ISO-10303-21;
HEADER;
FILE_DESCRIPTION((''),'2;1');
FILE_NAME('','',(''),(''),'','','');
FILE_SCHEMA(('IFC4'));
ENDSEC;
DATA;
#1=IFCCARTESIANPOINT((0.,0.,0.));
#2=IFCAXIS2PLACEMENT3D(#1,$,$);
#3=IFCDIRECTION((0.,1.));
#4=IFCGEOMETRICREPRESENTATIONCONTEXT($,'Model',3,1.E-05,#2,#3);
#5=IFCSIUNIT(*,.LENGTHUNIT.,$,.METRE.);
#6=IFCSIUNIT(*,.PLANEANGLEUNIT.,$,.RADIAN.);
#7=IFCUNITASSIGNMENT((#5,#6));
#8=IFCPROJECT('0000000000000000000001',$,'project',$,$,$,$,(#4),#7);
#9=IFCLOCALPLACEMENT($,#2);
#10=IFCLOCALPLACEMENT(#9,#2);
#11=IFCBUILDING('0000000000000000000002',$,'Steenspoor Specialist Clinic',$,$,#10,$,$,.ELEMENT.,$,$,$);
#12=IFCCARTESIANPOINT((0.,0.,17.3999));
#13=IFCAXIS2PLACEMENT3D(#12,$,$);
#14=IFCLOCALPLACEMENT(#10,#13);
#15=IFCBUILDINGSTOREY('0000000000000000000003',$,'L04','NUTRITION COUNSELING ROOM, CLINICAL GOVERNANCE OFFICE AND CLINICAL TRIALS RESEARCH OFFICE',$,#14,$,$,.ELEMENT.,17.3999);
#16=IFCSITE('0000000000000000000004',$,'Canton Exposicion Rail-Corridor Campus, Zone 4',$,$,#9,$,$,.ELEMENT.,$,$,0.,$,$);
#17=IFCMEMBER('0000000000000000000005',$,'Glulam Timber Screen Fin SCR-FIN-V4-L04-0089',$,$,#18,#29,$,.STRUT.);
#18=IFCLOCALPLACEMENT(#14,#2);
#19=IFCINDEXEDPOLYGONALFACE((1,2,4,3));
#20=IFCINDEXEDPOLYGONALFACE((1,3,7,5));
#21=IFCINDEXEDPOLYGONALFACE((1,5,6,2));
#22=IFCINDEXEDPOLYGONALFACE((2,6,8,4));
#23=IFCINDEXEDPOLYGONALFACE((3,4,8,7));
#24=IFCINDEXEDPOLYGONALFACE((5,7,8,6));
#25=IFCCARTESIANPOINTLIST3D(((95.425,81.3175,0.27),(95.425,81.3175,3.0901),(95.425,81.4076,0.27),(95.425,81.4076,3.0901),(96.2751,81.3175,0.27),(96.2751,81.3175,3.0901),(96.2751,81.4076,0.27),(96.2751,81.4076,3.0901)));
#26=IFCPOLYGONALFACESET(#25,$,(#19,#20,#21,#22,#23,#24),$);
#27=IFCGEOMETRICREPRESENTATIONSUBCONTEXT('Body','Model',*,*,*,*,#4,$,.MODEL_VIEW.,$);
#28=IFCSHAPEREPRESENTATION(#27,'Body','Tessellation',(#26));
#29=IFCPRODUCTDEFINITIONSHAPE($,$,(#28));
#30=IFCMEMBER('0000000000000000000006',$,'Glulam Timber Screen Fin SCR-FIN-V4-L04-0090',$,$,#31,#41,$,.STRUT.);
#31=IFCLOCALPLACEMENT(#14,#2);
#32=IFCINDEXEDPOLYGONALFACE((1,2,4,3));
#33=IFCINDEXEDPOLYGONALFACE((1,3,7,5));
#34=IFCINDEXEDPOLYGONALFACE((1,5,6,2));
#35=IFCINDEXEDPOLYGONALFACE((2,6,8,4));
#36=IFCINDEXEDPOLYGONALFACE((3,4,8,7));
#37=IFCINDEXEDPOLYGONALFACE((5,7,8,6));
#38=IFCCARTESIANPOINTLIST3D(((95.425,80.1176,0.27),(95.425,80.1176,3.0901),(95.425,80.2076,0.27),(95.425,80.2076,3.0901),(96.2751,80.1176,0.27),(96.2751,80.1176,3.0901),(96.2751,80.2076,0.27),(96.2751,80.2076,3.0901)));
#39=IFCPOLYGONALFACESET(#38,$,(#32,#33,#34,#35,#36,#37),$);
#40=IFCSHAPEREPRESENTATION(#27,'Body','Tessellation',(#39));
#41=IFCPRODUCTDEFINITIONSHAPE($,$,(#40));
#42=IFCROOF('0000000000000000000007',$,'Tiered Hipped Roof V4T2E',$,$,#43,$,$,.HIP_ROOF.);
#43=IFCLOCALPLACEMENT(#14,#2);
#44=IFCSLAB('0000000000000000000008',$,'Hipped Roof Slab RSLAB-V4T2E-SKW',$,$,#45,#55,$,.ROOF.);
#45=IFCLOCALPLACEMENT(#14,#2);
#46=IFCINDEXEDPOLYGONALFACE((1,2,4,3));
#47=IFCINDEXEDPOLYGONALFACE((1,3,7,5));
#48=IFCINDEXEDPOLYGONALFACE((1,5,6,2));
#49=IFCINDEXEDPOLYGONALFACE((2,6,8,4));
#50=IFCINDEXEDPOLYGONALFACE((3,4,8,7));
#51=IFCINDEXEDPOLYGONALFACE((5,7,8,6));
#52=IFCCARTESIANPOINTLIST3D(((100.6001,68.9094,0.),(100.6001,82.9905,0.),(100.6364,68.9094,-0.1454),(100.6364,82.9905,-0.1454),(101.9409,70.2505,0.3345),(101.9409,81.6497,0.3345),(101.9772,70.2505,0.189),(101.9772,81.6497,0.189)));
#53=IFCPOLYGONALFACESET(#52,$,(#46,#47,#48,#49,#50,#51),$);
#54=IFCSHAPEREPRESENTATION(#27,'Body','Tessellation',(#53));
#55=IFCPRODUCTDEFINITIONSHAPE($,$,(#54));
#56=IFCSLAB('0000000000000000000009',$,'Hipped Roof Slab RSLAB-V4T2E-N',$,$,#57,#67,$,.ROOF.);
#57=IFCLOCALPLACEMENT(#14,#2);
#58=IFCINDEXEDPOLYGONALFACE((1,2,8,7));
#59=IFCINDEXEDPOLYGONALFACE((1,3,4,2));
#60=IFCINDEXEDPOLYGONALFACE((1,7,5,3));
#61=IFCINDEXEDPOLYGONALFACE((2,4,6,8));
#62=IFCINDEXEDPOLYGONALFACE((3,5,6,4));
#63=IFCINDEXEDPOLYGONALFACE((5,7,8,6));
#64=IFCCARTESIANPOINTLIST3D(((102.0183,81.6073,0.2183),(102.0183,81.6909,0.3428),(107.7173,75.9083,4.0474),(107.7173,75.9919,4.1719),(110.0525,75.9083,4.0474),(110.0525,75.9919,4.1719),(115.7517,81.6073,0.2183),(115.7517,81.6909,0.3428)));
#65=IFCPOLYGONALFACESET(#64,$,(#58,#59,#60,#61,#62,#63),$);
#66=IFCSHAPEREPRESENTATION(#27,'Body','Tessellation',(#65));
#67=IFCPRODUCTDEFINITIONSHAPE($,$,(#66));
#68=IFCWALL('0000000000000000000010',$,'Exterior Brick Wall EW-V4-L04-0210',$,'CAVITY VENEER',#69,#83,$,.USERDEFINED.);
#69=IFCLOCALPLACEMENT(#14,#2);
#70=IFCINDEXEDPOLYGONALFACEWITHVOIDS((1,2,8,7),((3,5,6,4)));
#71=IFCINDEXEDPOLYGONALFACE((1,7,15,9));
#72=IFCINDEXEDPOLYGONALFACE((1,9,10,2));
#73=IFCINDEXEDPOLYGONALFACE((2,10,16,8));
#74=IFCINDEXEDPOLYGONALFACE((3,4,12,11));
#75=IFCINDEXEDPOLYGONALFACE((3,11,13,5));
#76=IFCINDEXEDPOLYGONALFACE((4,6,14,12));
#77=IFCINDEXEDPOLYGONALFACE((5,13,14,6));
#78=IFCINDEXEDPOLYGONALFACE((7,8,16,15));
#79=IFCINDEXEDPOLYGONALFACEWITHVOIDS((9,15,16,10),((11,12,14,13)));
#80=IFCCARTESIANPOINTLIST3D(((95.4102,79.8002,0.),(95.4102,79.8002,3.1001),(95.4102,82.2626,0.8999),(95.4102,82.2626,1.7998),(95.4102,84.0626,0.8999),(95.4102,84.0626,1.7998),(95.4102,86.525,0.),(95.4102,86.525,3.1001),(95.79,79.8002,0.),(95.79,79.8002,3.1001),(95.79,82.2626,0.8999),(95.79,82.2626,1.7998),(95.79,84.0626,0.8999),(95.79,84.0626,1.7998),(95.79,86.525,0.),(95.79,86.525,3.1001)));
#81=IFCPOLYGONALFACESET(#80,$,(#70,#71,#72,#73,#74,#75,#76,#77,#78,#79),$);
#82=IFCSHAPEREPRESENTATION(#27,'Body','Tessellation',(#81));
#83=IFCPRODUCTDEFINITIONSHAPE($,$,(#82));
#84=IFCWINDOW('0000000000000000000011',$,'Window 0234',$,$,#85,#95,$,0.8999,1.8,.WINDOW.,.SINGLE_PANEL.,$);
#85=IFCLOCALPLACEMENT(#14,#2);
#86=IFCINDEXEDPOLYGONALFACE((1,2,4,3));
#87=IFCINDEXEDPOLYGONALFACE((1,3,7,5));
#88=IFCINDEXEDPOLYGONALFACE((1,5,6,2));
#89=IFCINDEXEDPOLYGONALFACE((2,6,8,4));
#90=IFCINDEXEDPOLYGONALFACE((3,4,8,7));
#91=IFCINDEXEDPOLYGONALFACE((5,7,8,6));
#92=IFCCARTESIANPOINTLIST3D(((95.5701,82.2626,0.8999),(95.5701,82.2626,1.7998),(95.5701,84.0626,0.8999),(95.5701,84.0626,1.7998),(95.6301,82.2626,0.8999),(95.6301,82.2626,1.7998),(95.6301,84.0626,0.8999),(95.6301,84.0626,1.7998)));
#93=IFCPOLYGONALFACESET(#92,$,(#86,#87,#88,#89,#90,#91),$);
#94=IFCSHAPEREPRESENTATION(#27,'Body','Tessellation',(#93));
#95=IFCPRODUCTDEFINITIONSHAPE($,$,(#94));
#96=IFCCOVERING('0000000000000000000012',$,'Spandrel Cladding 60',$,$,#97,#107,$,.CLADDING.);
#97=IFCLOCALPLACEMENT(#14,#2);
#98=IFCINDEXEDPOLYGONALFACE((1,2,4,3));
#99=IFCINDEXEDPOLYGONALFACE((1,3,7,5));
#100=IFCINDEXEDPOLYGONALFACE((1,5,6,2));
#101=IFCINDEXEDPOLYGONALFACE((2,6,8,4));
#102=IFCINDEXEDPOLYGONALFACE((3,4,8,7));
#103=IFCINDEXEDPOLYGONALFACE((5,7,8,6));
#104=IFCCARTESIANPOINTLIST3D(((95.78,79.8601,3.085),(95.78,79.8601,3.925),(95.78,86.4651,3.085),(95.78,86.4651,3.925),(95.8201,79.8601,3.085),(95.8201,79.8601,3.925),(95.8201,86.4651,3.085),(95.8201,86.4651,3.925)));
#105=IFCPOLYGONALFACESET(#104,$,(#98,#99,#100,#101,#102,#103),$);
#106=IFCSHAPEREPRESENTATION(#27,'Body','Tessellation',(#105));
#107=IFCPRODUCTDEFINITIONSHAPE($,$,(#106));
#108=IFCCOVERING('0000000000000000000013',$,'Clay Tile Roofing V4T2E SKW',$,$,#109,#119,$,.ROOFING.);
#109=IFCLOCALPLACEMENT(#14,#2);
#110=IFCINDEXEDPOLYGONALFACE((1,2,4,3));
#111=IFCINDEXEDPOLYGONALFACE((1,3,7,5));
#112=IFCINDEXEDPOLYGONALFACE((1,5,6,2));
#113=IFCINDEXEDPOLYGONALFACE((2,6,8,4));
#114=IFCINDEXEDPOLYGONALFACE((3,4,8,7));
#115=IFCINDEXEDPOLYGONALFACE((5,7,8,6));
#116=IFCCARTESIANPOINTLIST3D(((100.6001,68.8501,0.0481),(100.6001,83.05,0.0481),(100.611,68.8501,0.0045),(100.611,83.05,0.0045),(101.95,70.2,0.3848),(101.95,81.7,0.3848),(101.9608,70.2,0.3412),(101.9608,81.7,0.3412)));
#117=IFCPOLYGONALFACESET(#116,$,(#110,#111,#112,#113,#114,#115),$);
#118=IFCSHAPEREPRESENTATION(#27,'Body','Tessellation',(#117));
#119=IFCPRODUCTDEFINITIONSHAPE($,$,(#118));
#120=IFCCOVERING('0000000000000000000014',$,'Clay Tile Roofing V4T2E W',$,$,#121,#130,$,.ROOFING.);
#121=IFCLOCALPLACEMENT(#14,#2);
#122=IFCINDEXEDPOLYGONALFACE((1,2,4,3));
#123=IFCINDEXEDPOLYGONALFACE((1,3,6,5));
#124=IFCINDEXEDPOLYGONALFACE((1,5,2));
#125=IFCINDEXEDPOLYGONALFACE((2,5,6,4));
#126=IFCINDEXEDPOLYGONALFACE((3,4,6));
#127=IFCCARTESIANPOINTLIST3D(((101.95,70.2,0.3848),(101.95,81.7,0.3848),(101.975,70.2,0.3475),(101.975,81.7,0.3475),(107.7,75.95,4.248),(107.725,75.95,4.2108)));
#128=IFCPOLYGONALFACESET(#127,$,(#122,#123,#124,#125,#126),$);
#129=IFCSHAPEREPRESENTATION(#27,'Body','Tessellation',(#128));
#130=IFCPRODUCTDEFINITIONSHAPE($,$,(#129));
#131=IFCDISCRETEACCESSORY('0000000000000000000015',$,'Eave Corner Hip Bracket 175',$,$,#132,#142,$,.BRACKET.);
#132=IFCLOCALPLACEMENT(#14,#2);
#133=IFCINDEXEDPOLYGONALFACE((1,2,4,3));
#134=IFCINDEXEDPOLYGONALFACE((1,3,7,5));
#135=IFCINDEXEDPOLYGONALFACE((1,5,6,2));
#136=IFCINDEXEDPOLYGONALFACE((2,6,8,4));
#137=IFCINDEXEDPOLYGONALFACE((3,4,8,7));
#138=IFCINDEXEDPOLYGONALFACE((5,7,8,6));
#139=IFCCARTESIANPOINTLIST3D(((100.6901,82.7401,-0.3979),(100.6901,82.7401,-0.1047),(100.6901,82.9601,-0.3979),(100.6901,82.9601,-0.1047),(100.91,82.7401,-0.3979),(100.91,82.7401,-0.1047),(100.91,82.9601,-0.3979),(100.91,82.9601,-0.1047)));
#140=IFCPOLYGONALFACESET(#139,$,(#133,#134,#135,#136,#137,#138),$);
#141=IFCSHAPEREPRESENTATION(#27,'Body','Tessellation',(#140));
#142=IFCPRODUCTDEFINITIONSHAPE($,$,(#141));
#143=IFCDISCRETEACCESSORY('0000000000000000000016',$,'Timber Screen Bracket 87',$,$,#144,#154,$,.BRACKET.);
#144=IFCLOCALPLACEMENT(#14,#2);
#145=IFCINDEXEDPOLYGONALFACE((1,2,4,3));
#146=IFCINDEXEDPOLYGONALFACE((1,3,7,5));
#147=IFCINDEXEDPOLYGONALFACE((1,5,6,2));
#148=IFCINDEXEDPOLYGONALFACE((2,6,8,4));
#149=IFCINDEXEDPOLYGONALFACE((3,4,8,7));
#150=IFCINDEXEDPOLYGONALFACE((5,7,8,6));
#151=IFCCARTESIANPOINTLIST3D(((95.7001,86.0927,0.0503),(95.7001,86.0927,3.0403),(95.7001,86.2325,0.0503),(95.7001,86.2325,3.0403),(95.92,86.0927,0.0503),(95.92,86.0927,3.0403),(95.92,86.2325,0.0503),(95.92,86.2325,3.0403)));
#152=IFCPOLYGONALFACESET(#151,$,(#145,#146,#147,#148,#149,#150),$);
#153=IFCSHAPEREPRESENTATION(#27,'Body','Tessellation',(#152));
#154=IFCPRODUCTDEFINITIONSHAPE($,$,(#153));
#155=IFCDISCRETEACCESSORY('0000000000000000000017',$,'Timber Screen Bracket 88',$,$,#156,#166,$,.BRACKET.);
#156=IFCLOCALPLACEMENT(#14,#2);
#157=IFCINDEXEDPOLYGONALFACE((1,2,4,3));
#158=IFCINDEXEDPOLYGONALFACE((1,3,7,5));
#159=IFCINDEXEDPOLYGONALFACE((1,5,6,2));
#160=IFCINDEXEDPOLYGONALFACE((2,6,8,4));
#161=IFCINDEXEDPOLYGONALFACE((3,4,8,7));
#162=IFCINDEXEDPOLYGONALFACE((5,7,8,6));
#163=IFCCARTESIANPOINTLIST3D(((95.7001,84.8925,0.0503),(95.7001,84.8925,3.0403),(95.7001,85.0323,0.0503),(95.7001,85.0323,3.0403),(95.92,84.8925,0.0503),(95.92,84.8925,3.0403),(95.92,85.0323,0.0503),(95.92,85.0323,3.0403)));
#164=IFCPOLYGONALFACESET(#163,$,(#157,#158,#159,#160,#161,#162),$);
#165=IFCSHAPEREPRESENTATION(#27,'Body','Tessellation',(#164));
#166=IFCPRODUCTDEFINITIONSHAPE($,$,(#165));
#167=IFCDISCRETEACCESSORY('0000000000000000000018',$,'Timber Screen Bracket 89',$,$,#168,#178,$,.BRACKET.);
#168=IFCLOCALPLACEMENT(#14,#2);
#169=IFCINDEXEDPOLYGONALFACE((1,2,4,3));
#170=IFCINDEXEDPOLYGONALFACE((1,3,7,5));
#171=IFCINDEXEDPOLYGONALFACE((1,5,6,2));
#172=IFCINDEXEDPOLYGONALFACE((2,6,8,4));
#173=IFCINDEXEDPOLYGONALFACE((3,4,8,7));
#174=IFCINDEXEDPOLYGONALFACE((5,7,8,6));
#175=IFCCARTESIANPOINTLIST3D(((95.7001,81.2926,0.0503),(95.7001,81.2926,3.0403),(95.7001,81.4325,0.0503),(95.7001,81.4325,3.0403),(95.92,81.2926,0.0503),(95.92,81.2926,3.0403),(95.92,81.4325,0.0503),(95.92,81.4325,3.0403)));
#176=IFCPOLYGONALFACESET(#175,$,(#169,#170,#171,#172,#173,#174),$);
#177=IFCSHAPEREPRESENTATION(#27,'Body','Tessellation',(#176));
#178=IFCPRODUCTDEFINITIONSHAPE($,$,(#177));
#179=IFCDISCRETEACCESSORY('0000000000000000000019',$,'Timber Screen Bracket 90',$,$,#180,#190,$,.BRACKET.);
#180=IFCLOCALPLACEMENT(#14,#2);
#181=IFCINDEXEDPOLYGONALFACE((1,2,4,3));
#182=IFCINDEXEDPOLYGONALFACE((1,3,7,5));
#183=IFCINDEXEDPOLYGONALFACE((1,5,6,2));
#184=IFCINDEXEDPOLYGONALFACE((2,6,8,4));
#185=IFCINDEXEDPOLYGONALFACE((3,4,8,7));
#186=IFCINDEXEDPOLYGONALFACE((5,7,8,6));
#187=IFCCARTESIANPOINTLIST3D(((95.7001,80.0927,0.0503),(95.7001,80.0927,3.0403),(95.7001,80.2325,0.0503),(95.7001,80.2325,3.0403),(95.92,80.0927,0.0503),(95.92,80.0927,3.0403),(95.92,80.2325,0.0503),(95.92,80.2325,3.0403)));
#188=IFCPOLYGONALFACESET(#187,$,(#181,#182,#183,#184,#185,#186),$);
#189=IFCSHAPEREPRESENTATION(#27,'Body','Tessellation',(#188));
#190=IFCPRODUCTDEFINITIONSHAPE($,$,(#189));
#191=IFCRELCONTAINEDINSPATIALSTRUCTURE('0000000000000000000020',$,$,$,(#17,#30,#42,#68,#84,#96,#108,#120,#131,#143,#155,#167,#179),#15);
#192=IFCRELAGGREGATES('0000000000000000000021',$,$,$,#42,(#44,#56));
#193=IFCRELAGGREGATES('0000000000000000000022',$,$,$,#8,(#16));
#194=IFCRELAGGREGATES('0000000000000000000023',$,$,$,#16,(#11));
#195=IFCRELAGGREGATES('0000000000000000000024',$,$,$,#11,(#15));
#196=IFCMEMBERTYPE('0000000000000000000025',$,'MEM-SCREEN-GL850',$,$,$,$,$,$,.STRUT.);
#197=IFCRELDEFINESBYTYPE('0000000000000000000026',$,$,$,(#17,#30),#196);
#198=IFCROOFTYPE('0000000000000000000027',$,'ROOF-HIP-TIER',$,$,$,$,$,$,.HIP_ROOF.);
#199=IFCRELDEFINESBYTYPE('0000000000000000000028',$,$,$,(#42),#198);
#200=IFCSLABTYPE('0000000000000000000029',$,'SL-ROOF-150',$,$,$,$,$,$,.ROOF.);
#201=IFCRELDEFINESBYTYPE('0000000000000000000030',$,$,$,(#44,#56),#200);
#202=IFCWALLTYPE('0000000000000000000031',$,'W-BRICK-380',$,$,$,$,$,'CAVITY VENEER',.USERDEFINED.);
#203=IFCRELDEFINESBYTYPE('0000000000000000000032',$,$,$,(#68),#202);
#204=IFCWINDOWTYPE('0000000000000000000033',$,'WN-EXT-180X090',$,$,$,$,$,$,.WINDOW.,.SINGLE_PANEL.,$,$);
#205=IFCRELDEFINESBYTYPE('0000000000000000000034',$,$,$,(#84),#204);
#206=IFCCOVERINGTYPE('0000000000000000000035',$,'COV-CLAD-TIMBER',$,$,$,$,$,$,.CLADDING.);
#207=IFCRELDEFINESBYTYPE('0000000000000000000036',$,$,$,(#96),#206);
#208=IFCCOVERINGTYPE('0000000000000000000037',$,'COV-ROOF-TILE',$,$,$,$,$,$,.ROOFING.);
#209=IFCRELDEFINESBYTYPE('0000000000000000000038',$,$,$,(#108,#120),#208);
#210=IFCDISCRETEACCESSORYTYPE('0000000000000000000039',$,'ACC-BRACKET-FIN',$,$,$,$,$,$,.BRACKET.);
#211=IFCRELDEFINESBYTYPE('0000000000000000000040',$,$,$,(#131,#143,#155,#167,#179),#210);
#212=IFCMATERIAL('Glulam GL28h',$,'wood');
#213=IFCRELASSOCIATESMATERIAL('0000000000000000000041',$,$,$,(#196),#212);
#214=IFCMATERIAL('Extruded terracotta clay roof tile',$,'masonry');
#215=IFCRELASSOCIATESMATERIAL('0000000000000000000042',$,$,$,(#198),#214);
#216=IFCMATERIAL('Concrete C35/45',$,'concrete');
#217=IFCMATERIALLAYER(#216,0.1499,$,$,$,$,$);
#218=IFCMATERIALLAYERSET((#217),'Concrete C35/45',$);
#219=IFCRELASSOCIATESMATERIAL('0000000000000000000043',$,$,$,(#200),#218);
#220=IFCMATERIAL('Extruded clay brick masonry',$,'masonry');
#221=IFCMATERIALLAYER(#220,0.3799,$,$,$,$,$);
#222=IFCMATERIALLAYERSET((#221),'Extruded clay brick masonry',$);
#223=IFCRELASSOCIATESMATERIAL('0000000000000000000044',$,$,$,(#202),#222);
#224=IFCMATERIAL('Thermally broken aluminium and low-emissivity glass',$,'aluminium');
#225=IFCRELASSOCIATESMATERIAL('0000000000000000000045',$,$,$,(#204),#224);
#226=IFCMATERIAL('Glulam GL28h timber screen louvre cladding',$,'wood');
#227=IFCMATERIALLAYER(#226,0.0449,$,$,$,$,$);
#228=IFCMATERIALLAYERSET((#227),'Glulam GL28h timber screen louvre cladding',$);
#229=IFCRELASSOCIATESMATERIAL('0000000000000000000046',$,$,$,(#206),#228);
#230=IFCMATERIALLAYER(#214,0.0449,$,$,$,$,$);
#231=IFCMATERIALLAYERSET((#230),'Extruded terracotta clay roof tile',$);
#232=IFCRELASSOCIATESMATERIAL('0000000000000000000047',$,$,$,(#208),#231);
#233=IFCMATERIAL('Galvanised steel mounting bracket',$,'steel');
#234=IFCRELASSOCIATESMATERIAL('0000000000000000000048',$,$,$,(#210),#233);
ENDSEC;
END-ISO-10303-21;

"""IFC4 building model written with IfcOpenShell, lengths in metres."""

from ifc_helpers import new_model, si_unit, direction, frame, frame_2d, origin, origin_2d, place, context, subcontext, project, spatial, polyline, rectangle, outline, extrude, material, layer, layer_set, material_profile, profile_set, type_object, element, fill, aggregate, save


model = new_model("IFC4")

# Units and contexts
model_context = context("Model", 3, precision=1e-05, world=origin(), true_north=direction((0.0, 1.0)))
body_context = subcontext(model_context, "Body", "Model", "MODEL_VIEW")
ifc_project = project(units=[si_unit("LENGTHUNIT", "METRE"), si_unit("PLANEANGLEUNIT", "RADIAN")], contexts=[model_context])

# Site, building, storey
site_placement = place(None, origin())
site = spatial("IfcSite", under=ifc_project, at=site_placement, Name="Canton Exposicion Rail-Corridor Campus, Zone 4", CompositionType="ELEMENT", RefElevation=0.0)
building_placement = place(site_placement, origin())
building = spatial("IfcBuilding", under=site, at=building_placement, Name="Steenspoor Specialist Clinic", CompositionType="ELEMENT")
storey_placement = place(building_placement, frame((0.0, 0.0, 17.3999)))
storey = spatial("IfcBuildingStorey", under=building, at=storey_placement, Name="L04", Description="NUTRITION COUNSELING ROOM, CLINICAL GOVERNANCE OFFICE AND CLINICAL TRIALS RESEARCH OFFICE", CompositionType="ELEMENT", Elevation=17.3999)

# Shared definitions
ifc_material_1 = material(Name="Glulam GL28h", Category="wood")

# Members
ifc_material_profile_1 = material_profile(ifc_material_1, rectangle(XDim=0.0901, YDim=0.8501, at=origin_2d()), Name="GL28H-90X850")
ifc_profile_set_1 = profile_set([ifc_material_profile_1], Name="Glulam GL28h")
member_type_1 = type_object("IfcMemberType", Name="MEM-SCREEN-GL850", PredefinedType="STRUT", material=ifc_profile_set_1)
for number, where, z_axis, x_axis, name in (
    (1, (95.8501, 81.3625, 0.27), (0.0, 0.0, 1.0), (0.0, -1.0, 0.0), "Glulam Timber Screen Fin SCR-FIN-V4-L04-0089"),
    (2, (95.8501, 80.1626, 0.27), (0.0, 0.0, 1.0), (0.0, -1.0, 0.0), "Glulam Timber Screen Fin SCR-FIN-V4-L04-0090"),
):
    element("IfcMember", number, at=place(storey_placement, frame(where, z_axis=z_axis, x_axis=x_axis)), inside=storey, type_object=member_type_1, Name=name, PredefinedType="STRUT", context=body_context, shape_type="SweptSolid", body=[
        extrude(rectangle(XDim=0.0901, YDim=0.8501, at=origin_2d()), origin(), (0.0, 0.0, 1.0), 2.8201),
    ])

# Roof, slabs
ifc_material_2 = material(Name="Extruded terracotta clay roof tile", Category="masonry")
roof_type = type_object("IfcRoofType", Name="ROOF-HIP-TIER", PredefinedType="HIP_ROOF", material=ifc_material_2)
roof_placement = place(storey_placement, origin())
roof = element("IfcRoof", 3, at=roof_placement, inside=storey, type_object=roof_type, Name="Tiered Hipped Roof V4T2E", PredefinedType="HIP_ROOF")
ifc_material_3 = material(Name="Concrete C35/45", Category="concrete")
ifc_layer_1 = layer(ifc_material_3, 0.1499)
ifc_layer_set_1 = layer_set([ifc_layer_1], Name="Concrete C35/45")
slab_type = type_object("IfcSlabType", Name="SL-ROOF-150", PredefinedType="ROOF", material=ifc_layer_set_1)
slab_1_placement = place(storey_placement, frame((101.9409, 81.6497, 0.3345), z_axis=(-0.242037, 0.0, 0.970267), x_axis=(-0.696357, 0.696357, -0.173709)))
slab_1 = element("IfcSlab", 4, at=slab_1_placement, type_object=slab_type, Name="Hipped Roof Slab RSLAB-V4T2E-SKW", PredefinedType="ROOF", context=body_context, shape_type="SweptSolid", body=[
    extrude(outline(polyline([(0.0, 0.0), (1.9255, 0.0), (-7.88, 10.1059), (-7.9379, 8.1811), (0.0, 0.0)])), origin(), (0.0, 0.0, -1.0), 0.1499),
])
slab_2_placement = place(storey_placement, frame((102.0183, 81.6909, 0.3428), z_axis=(0.0, 0.5577, 0.830043), x_axis=(0.638689, -0.638689, 0.429131)))
slab_2 = element("IfcSlab", 5, at=slab_2_placement, type_object=slab_type, Name="Hipped Roof Slab RSLAB-V4T2E-N", PredefinedType="ROOF", context=body_context, shape_type="SweptSolid", body=[
    extrude(outline(polyline([(0.0, 0.0), (8.9229, 0.0), (10.4144, 1.7969), (8.7714, 10.5674), (0.0, 0.0)])), origin(), (0.0, 0.0, -1.0), 0.1499),
])
aggregate(roof, [slab_1, slab_2])

# Wall, opening, window
ifc_material_4 = material(Name="Extruded clay brick masonry", Category="masonry")
ifc_layer_2 = layer(ifc_material_4, 0.3799)
ifc_layer_set_2 = layer_set([ifc_layer_2], Name="Extruded clay brick masonry")
wall_type = type_object("IfcWallType", Name="W-BRICK-380", ElementType="CAVITY VENEER", PredefinedType="USERDEFINED", material=ifc_layer_set_2)
wall_placement = place(storey_placement, frame((95.6001, 86.5249, 0.0), z_axis=(0.0, 0.0, 1.0), x_axis=(0.0, -1.0, 0.0)))
wall = element("IfcWall", 6, at=wall_placement, inside=storey, type_object=wall_type, Name="Exterior Brick Wall EW-V4-L04-0210", ObjectType="CAVITY VENEER", PredefinedType="USERDEFINED", context=body_context, shape_type="SweptSolid", body=[
    extrude(rectangle(XDim=6.7249, YDim=0.3799, at=frame_2d((3.3623, 0.0))), origin(), (0.0, 0.0, 1.0), 3.1001),
])
opening_placement = place(wall_placement, frame((2.4624, 0.0, 0.8999)))
opening = element("IfcOpeningElement", 7, at=opening_placement, cuts=wall, PredefinedType="OPENING", context=body_context, shape_type="SweptSolid", body=[
    extrude(rectangle(XDim=1.8, YDim=0.8999, at=frame_2d((0.8999, 0.45))), frame((0.0, 0.2, 0.0), z_axis=(0.0, -1.0, 0.0), x_axis=(1.0, 0.0, 0.0)), (0.0, 0.0, 1.0), 0.3999),
])
ifc_material_5 = material(Name="Thermally broken aluminium and low-emissivity glass", Category="aluminium")
window_type = type_object("IfcWindowType", Name="WN-EXT-180X090", PartitioningType="SINGLE_PANEL", PredefinedType="WINDOW", material=ifc_material_5)
window_placement = place(opening_placement, origin())
window = element("IfcWindow", 8, at=window_placement, inside=storey, type_object=window_type, Name="Window 0234", OverallHeight=0.8999, OverallWidth=1.8, PartitioningType="SINGLE_PANEL", PredefinedType="WINDOW", context=body_context, shape_type="SweptSolid", body=[
    extrude(rectangle(XDim=1.8, YDim=0.8999, at=frame_2d((0.8999, 0.45))), frame((0.0, 0.03, 0.0), z_axis=(0.0, -1.0, 0.0), x_axis=(1.0, 0.0, 0.0)), (0.0, 0.0, 1.0), 0.0601),
])
fill(opening, window)

# Coverings
ifc_material_6 = material(Name="Glulam GL28h timber screen louvre cladding", Category="wood")
ifc_layer_3 = layer(ifc_material_6, 0.0449)
ifc_layer_set_3 = layer_set([ifc_layer_3], Name="Glulam GL28h timber screen louvre cladding")
covering_type_1 = type_object("IfcCoveringType", Name="COV-CLAD-TIMBER", PredefinedType="CLADDING", material=ifc_layer_set_3)
covering_1_placement = place(storey_placement, frame((95.8, 83.1626, 3.085), z_axis=(0.0, 0.0, 1.0), x_axis=(0.0, -1.0, 0.0)))
element("IfcCovering", 9, at=covering_1_placement, inside=storey, type_object=covering_type_1, Name="Spandrel Cladding 60", PredefinedType="CLADDING", context=body_context, shape_type="SweptSolid", body=[
    extrude(rectangle(XDim=6.605, YDim=0.04, at=origin_2d()), origin(), (0.0, 0.0, 1.0), 0.8401),
])
ifc_layer_4 = layer(ifc_material_2, 0.0449)
ifc_layer_set_4 = layer_set([ifc_layer_4], Name="Extruded terracotta clay roof tile")
covering_type_2 = type_object("IfcCoveringType", Name="COV-ROOF-TILE", PredefinedType="ROOFING", material=ifc_layer_set_4)
covering_2_placement = place(storey_placement, frame((100.6001, 83.05, 0.0481), z_axis=(-0.241999, 0.0, 0.970277), x_axis=(0.0, -1.0, 0.0)))
element("IfcCovering", 10, at=covering_2_placement, inside=storey, type_object=covering_type_2, Name="Clay Tile Roofing V4T2E SKW", PredefinedType="ROOFING", context=body_context, shape_type="SweptSolid", body=[
    extrude(outline(polyline([(0.0, 0.0), (14.2, 0.0), (12.8501, 1.3912), (1.3501, 1.3912), (0.0, 0.0)])), origin(), (0.0, 0.0, -1.0), 0.0449),
])
covering_3_placement = place(storey_placement, frame((101.95, 81.7, 0.3848), z_axis=(-0.55769, 0.0, 0.83005), x_axis=(0.0, -1.0, 0.0)))
element("IfcCovering", 11, at=covering_3_placement, inside=storey, type_object=covering_type_2, Name="Clay Tile Roofing V4T2E W", PredefinedType="ROOFING", context=body_context, shape_type="SweptSolid", body=[
    extrude(outline(polyline([(0.0, 0.0), (11.5, 0.0), (5.75, 6.9273), (0.0, 0.0)])), origin(), (0.0, 0.0, -1.0), 0.0449),
])

# Discrete accessories
ifc_material_7 = material(Name="Galvanised steel mounting bracket", Category="steel")
discrete_accessory_type = type_object("IfcDiscreteAccessoryType", Name="ACC-BRACKET-FIN", PredefinedType="BRACKET", material=ifc_material_7)
discrete_accessory_placement = place(storey_placement, frame((100.8, 82.8501, -0.3979), z_axis=(0.0, 0.0, 1.0), x_axis=(1.0, 0.0, 0.0)))
element("IfcDiscreteAccessory", 12, at=discrete_accessory_placement, inside=storey, type_object=discrete_accessory_type, Name="Eave Corner Hip Bracket 175", PredefinedType="BRACKET", context=body_context, shape_type="SweptSolid", body=[
    extrude(rectangle(XDim=0.22, YDim=0.22, at=origin_2d()), origin(), (0.0, 0.0, 1.0), 0.2932),
])
for number, where, z_axis, x_axis, name in (
    (13, (95.8101, 86.1626, 0.0503), (0.0, 0.0, 1.0), (1.0, 0.0, 0.0), "Timber Screen Bracket 87"),
    (14, (95.8101, 84.9624, 0.0503), (0.0, 0.0, 1.0), (1.0, 0.0, 0.0), "Timber Screen Bracket 88"),
    (15, (95.8101, 81.3625, 0.0503), (0.0, 0.0, 1.0), (1.0, 0.0, 0.0), "Timber Screen Bracket 89"),
    (16, (95.8101, 80.1626, 0.0503), (0.0, 0.0, 1.0), (1.0, 0.0, 0.0), "Timber Screen Bracket 90"),
):
    element("IfcDiscreteAccessory", number, at=place(storey_placement, frame(where, z_axis=z_axis, x_axis=x_axis)), inside=storey, type_object=discrete_accessory_type, Name=name, PredefinedType="BRACKET", context=body_context, shape_type="SweptSolid", body=[
        extrude(rectangle(XDim=0.22, YDim=0.1399, at=origin_2d()), origin(), (0.0, 0.0, 1.0), 2.99),
    ])

save(model, "model.ifc")
